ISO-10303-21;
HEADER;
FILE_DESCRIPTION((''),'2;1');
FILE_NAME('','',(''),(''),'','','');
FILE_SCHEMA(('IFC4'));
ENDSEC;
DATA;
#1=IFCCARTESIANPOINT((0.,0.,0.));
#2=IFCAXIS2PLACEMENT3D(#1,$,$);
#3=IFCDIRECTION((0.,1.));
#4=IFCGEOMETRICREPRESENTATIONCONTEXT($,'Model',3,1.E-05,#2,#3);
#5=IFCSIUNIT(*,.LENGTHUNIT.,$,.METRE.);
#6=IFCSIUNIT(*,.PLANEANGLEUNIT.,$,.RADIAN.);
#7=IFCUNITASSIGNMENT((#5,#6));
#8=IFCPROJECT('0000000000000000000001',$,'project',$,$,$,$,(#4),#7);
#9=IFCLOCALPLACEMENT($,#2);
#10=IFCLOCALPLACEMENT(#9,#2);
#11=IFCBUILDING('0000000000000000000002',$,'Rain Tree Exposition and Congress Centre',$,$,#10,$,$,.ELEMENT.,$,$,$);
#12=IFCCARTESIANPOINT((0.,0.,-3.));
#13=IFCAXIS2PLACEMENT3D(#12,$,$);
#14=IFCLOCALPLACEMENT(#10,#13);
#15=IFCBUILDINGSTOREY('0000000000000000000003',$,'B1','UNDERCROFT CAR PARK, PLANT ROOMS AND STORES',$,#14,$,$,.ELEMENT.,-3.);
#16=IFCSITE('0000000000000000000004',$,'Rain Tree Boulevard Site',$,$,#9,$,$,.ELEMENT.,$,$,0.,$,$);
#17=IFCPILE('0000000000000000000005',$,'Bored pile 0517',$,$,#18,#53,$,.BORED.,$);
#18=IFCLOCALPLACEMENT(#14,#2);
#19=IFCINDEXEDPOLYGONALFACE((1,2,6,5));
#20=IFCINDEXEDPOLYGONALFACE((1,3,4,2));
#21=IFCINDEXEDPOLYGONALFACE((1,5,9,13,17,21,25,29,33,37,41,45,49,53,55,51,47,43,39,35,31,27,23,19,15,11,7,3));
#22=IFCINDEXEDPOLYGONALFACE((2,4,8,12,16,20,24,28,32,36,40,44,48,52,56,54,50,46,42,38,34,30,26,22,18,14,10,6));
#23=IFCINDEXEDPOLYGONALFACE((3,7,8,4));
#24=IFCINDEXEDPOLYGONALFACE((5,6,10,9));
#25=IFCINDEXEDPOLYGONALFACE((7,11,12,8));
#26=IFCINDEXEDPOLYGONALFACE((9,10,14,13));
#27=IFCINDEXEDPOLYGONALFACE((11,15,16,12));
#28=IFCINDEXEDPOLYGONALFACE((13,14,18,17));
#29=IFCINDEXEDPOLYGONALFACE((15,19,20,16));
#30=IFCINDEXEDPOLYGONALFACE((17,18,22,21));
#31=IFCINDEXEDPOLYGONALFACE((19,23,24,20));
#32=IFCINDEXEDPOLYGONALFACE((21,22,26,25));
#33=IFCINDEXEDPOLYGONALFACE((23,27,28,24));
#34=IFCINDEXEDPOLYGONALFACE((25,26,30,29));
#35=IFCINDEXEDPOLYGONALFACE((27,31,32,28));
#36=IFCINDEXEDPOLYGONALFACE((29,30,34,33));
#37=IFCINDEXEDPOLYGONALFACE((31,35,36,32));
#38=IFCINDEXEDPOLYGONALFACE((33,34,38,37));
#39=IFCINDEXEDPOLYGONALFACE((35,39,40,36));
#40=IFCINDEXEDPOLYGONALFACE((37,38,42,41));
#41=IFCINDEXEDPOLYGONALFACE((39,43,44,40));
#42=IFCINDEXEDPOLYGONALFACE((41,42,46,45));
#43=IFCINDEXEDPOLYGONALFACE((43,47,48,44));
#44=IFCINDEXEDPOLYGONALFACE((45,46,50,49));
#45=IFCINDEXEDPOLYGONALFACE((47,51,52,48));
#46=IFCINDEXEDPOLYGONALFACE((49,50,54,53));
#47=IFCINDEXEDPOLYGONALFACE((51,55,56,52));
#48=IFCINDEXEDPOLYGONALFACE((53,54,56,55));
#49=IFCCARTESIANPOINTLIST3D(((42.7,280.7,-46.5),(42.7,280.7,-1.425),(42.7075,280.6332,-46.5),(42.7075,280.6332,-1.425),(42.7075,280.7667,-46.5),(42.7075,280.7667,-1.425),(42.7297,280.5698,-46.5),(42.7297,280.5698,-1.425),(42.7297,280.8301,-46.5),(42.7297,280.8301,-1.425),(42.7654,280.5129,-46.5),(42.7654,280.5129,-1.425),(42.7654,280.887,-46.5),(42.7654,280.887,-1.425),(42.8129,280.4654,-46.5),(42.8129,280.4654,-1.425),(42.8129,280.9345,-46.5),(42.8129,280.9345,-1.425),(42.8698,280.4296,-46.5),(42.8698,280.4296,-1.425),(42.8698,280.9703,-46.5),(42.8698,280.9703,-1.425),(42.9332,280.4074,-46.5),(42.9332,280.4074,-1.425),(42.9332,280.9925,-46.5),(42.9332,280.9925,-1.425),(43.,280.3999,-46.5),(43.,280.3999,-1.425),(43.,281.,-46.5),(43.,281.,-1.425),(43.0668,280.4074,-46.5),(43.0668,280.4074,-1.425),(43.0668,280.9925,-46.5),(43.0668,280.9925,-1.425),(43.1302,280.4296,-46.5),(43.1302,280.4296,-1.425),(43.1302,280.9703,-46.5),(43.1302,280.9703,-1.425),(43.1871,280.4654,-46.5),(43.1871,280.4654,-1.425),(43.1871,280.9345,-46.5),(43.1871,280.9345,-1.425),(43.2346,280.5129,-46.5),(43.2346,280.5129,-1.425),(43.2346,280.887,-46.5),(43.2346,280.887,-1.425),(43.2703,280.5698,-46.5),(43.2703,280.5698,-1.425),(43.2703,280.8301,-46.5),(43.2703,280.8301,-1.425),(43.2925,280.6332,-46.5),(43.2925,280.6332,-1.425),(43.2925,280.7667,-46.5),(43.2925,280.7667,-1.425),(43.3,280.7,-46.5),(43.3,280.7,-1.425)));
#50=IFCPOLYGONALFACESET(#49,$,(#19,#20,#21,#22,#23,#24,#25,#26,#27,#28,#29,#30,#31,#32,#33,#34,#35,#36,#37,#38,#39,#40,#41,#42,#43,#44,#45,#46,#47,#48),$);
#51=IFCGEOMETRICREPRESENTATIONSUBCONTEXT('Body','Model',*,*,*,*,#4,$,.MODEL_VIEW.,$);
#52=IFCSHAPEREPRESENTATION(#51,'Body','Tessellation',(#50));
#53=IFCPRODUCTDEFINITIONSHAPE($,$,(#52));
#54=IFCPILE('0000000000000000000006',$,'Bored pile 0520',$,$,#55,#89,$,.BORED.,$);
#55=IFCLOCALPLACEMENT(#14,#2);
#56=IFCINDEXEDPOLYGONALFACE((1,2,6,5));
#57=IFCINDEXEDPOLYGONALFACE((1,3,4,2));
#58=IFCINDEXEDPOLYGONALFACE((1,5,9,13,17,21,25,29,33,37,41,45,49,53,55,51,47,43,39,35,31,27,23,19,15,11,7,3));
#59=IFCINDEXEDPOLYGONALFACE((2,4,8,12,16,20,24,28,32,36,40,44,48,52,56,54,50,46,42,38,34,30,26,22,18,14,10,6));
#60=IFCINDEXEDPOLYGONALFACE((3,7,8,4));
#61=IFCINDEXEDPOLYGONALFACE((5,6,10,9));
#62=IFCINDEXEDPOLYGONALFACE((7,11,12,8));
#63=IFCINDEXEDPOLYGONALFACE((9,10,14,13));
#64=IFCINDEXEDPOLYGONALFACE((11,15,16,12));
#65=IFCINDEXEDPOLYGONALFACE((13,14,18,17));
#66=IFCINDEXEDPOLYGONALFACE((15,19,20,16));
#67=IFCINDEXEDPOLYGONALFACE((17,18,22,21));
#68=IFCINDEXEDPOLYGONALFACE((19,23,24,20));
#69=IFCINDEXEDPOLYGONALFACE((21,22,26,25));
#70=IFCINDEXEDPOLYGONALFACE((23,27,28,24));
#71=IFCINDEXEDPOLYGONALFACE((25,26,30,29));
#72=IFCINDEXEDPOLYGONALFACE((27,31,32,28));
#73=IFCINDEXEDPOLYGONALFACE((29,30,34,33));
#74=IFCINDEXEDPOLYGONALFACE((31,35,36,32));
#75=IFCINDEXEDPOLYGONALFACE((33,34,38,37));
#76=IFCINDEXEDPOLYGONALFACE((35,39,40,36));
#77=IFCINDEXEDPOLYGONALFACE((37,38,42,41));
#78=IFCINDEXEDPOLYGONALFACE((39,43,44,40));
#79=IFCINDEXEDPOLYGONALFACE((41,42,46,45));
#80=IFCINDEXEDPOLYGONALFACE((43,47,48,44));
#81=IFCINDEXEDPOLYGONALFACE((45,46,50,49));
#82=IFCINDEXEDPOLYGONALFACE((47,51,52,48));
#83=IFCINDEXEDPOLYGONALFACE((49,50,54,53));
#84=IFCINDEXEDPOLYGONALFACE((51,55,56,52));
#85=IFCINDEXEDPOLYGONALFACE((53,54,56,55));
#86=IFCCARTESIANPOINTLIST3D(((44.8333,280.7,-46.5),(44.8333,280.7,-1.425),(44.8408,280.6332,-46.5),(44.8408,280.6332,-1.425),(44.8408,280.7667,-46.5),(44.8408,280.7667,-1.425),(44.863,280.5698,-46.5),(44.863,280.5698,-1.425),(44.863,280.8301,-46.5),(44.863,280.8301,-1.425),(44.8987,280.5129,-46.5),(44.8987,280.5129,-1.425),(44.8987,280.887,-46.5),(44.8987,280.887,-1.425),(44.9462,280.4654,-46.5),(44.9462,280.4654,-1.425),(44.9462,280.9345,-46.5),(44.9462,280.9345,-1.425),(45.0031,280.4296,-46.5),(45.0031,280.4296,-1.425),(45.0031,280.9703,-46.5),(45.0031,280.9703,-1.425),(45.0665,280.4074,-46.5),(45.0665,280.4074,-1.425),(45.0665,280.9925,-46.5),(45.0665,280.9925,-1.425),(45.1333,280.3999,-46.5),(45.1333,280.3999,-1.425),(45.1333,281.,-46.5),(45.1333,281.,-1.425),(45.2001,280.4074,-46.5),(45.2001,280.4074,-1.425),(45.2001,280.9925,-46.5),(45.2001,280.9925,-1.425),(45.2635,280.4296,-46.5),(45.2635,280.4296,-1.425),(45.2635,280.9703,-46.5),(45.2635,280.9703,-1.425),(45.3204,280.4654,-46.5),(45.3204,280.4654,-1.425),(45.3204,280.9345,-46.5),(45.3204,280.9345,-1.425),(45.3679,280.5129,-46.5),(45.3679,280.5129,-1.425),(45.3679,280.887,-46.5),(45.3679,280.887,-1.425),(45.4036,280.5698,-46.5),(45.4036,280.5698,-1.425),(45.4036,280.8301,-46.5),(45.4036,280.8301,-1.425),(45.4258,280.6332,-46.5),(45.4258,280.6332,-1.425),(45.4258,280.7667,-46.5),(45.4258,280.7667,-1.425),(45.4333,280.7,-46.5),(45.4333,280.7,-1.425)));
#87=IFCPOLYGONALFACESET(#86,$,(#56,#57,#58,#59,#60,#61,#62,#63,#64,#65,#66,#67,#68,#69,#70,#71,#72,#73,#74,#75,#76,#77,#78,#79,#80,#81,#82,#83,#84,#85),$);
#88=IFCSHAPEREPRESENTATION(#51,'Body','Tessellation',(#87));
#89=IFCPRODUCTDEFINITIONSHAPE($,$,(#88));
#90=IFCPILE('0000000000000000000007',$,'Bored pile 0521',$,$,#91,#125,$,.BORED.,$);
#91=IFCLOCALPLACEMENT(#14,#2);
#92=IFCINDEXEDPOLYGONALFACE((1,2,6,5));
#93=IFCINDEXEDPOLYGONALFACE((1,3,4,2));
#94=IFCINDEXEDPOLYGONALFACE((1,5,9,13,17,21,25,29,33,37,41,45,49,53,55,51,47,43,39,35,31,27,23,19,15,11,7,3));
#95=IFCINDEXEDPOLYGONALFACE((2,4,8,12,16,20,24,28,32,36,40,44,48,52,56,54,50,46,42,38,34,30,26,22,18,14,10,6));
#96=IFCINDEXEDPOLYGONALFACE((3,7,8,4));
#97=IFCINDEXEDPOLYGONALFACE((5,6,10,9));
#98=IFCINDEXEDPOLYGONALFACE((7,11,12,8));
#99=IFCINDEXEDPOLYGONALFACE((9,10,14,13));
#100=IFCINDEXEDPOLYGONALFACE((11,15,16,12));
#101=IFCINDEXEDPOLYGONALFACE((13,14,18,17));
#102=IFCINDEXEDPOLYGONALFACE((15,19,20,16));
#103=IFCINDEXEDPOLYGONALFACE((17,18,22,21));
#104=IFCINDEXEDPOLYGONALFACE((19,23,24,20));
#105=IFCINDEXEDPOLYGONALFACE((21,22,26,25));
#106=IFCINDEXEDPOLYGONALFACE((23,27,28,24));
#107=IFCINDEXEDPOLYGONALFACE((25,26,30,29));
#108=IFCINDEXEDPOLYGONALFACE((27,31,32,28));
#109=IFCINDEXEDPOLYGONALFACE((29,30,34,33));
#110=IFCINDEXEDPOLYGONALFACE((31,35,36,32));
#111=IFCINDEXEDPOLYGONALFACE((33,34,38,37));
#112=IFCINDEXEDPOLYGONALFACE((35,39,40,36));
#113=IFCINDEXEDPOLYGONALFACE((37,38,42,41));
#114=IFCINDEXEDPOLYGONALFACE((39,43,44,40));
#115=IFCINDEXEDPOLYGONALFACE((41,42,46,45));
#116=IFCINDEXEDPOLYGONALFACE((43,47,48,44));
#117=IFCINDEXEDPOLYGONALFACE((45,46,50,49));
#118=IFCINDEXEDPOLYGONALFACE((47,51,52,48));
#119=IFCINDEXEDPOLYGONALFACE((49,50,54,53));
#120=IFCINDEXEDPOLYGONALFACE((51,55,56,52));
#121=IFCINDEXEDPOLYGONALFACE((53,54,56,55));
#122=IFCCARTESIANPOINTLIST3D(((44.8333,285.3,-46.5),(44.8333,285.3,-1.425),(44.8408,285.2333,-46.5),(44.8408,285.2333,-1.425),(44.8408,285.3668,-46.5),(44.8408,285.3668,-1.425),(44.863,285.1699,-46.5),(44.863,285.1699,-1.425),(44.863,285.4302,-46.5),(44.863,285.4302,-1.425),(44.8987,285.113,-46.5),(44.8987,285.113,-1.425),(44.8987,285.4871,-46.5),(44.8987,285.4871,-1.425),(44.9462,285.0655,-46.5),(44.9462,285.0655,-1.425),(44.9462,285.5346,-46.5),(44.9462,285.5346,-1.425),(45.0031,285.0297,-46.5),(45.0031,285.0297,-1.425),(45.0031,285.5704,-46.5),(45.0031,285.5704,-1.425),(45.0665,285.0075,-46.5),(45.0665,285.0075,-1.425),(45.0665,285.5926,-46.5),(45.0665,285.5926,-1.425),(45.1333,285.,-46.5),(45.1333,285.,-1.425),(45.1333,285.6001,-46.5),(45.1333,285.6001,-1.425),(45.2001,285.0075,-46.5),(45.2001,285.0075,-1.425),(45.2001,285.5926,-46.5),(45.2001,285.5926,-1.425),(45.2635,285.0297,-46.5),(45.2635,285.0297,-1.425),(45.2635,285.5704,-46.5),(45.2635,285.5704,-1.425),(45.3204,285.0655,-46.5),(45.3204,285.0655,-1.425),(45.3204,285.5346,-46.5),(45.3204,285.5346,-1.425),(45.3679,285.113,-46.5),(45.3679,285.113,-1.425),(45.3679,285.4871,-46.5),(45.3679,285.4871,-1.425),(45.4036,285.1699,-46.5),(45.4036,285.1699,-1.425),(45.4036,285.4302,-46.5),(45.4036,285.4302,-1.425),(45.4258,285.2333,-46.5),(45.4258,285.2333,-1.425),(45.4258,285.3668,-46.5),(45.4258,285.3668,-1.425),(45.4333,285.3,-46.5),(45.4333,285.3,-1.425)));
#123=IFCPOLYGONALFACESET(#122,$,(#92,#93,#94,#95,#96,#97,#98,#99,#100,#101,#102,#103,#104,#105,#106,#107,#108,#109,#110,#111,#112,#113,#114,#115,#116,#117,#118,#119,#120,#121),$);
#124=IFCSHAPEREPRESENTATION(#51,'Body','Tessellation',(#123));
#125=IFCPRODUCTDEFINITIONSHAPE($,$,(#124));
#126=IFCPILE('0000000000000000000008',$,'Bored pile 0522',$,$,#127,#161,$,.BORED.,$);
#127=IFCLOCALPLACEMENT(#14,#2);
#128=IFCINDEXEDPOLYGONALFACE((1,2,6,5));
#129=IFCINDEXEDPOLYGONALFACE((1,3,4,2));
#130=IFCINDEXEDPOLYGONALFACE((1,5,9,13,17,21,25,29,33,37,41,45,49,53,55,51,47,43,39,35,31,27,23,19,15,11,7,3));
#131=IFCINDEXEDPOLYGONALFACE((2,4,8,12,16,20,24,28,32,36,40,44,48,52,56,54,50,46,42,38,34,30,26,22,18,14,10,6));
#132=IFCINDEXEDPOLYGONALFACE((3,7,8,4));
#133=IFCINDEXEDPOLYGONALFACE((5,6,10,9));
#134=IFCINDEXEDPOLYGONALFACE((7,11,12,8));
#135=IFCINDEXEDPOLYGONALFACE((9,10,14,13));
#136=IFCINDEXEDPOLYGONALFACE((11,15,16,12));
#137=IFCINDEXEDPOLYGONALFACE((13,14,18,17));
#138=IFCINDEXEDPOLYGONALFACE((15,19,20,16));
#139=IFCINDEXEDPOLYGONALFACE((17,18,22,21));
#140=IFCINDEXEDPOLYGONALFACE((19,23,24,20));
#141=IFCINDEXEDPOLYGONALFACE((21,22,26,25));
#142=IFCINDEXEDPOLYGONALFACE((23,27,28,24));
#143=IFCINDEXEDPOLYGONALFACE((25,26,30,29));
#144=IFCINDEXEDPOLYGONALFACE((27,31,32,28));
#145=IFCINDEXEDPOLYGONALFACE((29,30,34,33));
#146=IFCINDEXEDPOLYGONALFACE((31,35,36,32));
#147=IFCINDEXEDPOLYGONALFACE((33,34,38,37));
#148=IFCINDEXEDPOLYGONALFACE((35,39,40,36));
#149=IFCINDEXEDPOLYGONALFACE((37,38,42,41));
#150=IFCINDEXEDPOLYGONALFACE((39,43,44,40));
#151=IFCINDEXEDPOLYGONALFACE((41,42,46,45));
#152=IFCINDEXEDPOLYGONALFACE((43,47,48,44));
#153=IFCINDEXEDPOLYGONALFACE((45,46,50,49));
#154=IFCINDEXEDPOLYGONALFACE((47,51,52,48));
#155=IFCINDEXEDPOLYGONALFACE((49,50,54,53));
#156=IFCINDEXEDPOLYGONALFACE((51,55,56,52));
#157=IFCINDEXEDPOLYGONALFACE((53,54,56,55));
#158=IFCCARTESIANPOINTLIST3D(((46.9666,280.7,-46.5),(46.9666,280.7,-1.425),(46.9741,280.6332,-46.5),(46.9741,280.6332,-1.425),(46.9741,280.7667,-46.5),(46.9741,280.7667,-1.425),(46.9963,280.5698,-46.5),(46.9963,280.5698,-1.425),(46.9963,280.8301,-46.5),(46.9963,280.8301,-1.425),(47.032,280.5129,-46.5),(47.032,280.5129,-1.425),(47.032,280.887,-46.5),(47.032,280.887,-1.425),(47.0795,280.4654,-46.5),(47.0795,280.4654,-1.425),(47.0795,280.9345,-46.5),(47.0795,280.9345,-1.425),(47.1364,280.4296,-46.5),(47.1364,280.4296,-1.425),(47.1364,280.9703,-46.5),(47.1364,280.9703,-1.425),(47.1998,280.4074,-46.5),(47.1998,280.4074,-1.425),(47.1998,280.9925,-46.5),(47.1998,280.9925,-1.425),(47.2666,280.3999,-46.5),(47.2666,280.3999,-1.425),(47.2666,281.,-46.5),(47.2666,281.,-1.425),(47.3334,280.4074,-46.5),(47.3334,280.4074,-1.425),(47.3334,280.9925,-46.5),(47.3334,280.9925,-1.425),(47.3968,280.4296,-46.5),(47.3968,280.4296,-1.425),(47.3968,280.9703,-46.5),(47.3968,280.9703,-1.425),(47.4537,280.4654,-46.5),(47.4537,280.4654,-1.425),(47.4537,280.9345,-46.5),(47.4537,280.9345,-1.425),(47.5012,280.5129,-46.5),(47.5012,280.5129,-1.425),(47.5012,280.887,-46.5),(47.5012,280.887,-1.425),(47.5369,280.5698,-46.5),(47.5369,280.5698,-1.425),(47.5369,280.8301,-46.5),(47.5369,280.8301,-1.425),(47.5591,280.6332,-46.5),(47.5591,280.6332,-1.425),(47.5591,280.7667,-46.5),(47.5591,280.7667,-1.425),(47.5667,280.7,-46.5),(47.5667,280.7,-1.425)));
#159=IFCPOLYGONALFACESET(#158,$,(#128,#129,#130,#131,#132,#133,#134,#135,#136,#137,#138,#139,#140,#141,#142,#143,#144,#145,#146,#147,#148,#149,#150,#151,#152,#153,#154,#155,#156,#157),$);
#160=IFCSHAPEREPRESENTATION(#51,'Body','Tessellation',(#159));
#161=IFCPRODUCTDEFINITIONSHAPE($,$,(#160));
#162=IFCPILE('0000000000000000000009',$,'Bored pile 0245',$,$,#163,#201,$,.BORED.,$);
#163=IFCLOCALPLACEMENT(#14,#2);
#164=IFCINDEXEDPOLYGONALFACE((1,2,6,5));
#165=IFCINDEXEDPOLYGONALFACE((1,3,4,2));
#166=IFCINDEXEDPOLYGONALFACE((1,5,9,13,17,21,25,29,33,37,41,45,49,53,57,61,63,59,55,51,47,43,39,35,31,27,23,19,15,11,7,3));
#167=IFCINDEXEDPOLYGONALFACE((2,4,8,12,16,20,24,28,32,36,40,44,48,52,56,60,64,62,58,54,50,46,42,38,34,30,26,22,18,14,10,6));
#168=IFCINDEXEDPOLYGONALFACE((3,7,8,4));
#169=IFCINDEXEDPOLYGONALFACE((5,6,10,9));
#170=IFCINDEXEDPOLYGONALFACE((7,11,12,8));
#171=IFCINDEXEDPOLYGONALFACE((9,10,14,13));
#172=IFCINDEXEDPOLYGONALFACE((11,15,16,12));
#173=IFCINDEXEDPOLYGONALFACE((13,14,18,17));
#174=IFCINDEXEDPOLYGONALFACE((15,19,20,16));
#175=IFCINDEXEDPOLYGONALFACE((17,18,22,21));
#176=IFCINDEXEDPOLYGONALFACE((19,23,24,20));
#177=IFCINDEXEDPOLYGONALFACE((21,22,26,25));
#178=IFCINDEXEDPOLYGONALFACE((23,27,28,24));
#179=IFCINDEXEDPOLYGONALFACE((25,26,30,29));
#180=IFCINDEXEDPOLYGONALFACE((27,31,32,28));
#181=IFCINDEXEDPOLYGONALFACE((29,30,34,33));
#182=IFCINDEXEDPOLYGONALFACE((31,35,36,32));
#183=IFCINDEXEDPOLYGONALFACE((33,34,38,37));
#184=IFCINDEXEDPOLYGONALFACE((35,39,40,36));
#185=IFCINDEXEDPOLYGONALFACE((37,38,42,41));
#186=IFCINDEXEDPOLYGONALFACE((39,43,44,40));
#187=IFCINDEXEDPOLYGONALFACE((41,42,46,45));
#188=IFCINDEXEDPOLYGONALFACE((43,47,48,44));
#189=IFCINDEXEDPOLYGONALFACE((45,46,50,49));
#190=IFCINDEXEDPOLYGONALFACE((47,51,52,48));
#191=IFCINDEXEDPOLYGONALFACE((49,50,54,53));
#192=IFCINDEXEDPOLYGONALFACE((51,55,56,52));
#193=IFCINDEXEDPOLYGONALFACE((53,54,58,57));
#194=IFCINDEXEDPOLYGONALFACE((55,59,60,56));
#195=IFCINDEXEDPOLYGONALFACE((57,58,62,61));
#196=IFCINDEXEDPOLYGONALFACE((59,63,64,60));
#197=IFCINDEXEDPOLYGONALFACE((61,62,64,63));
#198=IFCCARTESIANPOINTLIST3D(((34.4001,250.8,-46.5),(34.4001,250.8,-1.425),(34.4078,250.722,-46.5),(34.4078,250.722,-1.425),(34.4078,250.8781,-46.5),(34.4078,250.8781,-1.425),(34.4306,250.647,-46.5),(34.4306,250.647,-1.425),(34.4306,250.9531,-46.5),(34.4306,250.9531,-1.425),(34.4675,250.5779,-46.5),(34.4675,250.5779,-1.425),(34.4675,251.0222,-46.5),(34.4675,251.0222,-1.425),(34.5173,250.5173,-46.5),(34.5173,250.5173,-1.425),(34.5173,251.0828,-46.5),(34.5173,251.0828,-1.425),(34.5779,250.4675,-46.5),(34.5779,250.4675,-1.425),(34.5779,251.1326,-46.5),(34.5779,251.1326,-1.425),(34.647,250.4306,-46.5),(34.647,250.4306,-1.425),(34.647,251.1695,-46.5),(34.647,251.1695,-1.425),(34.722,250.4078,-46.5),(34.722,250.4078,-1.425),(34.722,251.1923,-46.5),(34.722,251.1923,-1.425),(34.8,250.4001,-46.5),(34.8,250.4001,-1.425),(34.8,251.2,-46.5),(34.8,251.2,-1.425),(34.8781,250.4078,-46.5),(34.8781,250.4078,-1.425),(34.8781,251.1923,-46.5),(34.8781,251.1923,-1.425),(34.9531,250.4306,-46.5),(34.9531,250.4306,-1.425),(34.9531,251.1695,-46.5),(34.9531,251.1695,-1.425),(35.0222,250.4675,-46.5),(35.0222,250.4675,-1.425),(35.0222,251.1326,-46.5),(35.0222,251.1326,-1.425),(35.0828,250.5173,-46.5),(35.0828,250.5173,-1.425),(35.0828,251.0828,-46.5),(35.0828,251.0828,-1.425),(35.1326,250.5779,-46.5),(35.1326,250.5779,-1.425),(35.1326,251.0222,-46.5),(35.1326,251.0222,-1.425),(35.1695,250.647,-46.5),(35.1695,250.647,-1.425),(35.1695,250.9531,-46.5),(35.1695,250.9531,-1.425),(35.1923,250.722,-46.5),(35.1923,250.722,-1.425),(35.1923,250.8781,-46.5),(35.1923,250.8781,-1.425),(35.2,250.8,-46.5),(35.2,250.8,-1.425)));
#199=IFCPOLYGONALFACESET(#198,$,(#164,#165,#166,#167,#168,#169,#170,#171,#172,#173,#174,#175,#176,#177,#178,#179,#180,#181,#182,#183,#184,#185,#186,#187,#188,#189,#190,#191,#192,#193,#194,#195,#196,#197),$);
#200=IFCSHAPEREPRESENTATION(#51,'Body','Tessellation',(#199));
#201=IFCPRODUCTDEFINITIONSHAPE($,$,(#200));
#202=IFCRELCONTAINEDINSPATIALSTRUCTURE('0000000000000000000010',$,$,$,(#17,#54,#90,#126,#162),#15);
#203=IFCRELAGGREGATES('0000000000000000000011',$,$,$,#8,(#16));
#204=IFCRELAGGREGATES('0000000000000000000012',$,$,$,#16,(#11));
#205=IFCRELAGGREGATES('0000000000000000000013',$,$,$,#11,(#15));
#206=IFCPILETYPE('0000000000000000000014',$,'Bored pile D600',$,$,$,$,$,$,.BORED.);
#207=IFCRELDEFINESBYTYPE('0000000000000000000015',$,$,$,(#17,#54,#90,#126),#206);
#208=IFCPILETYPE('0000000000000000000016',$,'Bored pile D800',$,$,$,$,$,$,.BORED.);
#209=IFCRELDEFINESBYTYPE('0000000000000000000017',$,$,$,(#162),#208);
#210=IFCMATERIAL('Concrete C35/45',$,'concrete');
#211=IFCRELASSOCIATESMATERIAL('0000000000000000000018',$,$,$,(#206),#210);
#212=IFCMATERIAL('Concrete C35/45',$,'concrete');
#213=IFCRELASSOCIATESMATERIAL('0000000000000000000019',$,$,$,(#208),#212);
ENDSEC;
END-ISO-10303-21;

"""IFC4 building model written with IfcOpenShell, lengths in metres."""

from ifc_helpers import new_model, si_unit, direction, frame, origin, origin_2d, place, context, subcontext, project, spatial, circle, extrude, material, material_profile, profile_set, type_object, element, save


model = new_model("IFC4")

# Units and contexts
model_context = context("Model", 3, precision=1e-05, world=origin(), true_north=direction((0.0, 1.0)))
body_context = subcontext(model_context, "Body", "Model", "MODEL_VIEW")
ifc_project = project(units=[si_unit("LENGTHUNIT", "METRE"), si_unit("PLANEANGLEUNIT", "RADIAN")], contexts=[model_context])

# Site, building, storey
site_placement = place(None, origin())
site = spatial("IfcSite", under=ifc_project, at=site_placement, Name="Rain Tree Boulevard Site", CompositionType="ELEMENT", RefElevation=0.0)
building_placement = place(site_placement, origin())
building = spatial("IfcBuilding", under=site, at=building_placement, Name="Rain Tree Exposition and Congress Centre", CompositionType="ELEMENT")
storey_placement = place(building_placement, frame((0.0, 0.0, -3.0)))
storey = spatial("IfcBuildingStorey", under=building, at=storey_placement, Name="B1", Description="UNDERCROFT CAR PARK, PLANT ROOMS AND STORES", CompositionType="ELEMENT", Elevation=-3.0)

# Piles
ifc_material_1 = material(Name="Concrete C35/45", Category="concrete")
ifc_material_profile_1 = material_profile(ifc_material_1, circle(Radius=0.3, at=origin_2d()), Name="D600")
ifc_profile_set_1 = profile_set([ifc_material_profile_1], Name="Concrete C35/45")
pile_type_1 = type_object("IfcPileType", Name="Bored pile D600", PredefinedType="BORED", material=ifc_profile_set_1)
for number, where, z_axis, x_axis, name in (
    (1, (43.0, 280.7, -1.425), (0.0, 0.0, -1.0), (1.0, 0.0, 0.0), "Bored pile 0517"),
    (2, (45.1333, 280.7, -1.425), (0.0, 0.0, -1.0), (1.0, 0.0, 0.0), "Bored pile 0520"),
    (3, (45.1333, 285.3, -1.425), (0.0, 0.0, -1.0), (1.0, 0.0, 0.0), "Bored pile 0521"),
    (4, (47.2666, 280.7, -1.425), (0.0, 0.0, -1.0), (1.0, 0.0, 0.0), "Bored pile 0522"),
):
    element("IfcPile", number, at=place(storey_placement, frame(where, z_axis=z_axis, x_axis=x_axis)), inside=storey, type_object=pile_type_1, Name=name, PredefinedType="BORED", context=body_context, shape_type="SweptSolid", body=[
        extrude(circle(Radius=0.3, at=origin_2d()), origin(), (0.0, 0.0, 1.0), 45.075),
    ])
ifc_material_2 = material(Name="Concrete C35/45", Category="concrete")
ifc_material_profile_2 = material_profile(ifc_material_2, circle(Radius=0.3999, at=origin_2d()), Name="D800")
ifc_profile_set_2 = profile_set([ifc_material_profile_2], Name="Concrete C35/45")
pile_type_2 = type_object("IfcPileType", Name="Bored pile D800", PredefinedType="BORED", material=ifc_profile_set_2)
for number, where, z_axis, x_axis, name in (
    (5, (34.8, 250.8, -1.425), (0.0, 0.0, -1.0), (1.0, 0.0, 0.0), "Bored pile 0245"),
):
    element("IfcPile", number, at=place(storey_placement, frame(where, z_axis=z_axis, x_axis=x_axis)), inside=storey, type_object=pile_type_2, Name=name, PredefinedType="BORED", context=body_context, shape_type="SweptSolid", body=[
        extrude(circle(Radius=0.3999, at=origin_2d()), origin(), (0.0, 0.0, 1.0), 45.075),
    ])

save(model, "model.ifc")
